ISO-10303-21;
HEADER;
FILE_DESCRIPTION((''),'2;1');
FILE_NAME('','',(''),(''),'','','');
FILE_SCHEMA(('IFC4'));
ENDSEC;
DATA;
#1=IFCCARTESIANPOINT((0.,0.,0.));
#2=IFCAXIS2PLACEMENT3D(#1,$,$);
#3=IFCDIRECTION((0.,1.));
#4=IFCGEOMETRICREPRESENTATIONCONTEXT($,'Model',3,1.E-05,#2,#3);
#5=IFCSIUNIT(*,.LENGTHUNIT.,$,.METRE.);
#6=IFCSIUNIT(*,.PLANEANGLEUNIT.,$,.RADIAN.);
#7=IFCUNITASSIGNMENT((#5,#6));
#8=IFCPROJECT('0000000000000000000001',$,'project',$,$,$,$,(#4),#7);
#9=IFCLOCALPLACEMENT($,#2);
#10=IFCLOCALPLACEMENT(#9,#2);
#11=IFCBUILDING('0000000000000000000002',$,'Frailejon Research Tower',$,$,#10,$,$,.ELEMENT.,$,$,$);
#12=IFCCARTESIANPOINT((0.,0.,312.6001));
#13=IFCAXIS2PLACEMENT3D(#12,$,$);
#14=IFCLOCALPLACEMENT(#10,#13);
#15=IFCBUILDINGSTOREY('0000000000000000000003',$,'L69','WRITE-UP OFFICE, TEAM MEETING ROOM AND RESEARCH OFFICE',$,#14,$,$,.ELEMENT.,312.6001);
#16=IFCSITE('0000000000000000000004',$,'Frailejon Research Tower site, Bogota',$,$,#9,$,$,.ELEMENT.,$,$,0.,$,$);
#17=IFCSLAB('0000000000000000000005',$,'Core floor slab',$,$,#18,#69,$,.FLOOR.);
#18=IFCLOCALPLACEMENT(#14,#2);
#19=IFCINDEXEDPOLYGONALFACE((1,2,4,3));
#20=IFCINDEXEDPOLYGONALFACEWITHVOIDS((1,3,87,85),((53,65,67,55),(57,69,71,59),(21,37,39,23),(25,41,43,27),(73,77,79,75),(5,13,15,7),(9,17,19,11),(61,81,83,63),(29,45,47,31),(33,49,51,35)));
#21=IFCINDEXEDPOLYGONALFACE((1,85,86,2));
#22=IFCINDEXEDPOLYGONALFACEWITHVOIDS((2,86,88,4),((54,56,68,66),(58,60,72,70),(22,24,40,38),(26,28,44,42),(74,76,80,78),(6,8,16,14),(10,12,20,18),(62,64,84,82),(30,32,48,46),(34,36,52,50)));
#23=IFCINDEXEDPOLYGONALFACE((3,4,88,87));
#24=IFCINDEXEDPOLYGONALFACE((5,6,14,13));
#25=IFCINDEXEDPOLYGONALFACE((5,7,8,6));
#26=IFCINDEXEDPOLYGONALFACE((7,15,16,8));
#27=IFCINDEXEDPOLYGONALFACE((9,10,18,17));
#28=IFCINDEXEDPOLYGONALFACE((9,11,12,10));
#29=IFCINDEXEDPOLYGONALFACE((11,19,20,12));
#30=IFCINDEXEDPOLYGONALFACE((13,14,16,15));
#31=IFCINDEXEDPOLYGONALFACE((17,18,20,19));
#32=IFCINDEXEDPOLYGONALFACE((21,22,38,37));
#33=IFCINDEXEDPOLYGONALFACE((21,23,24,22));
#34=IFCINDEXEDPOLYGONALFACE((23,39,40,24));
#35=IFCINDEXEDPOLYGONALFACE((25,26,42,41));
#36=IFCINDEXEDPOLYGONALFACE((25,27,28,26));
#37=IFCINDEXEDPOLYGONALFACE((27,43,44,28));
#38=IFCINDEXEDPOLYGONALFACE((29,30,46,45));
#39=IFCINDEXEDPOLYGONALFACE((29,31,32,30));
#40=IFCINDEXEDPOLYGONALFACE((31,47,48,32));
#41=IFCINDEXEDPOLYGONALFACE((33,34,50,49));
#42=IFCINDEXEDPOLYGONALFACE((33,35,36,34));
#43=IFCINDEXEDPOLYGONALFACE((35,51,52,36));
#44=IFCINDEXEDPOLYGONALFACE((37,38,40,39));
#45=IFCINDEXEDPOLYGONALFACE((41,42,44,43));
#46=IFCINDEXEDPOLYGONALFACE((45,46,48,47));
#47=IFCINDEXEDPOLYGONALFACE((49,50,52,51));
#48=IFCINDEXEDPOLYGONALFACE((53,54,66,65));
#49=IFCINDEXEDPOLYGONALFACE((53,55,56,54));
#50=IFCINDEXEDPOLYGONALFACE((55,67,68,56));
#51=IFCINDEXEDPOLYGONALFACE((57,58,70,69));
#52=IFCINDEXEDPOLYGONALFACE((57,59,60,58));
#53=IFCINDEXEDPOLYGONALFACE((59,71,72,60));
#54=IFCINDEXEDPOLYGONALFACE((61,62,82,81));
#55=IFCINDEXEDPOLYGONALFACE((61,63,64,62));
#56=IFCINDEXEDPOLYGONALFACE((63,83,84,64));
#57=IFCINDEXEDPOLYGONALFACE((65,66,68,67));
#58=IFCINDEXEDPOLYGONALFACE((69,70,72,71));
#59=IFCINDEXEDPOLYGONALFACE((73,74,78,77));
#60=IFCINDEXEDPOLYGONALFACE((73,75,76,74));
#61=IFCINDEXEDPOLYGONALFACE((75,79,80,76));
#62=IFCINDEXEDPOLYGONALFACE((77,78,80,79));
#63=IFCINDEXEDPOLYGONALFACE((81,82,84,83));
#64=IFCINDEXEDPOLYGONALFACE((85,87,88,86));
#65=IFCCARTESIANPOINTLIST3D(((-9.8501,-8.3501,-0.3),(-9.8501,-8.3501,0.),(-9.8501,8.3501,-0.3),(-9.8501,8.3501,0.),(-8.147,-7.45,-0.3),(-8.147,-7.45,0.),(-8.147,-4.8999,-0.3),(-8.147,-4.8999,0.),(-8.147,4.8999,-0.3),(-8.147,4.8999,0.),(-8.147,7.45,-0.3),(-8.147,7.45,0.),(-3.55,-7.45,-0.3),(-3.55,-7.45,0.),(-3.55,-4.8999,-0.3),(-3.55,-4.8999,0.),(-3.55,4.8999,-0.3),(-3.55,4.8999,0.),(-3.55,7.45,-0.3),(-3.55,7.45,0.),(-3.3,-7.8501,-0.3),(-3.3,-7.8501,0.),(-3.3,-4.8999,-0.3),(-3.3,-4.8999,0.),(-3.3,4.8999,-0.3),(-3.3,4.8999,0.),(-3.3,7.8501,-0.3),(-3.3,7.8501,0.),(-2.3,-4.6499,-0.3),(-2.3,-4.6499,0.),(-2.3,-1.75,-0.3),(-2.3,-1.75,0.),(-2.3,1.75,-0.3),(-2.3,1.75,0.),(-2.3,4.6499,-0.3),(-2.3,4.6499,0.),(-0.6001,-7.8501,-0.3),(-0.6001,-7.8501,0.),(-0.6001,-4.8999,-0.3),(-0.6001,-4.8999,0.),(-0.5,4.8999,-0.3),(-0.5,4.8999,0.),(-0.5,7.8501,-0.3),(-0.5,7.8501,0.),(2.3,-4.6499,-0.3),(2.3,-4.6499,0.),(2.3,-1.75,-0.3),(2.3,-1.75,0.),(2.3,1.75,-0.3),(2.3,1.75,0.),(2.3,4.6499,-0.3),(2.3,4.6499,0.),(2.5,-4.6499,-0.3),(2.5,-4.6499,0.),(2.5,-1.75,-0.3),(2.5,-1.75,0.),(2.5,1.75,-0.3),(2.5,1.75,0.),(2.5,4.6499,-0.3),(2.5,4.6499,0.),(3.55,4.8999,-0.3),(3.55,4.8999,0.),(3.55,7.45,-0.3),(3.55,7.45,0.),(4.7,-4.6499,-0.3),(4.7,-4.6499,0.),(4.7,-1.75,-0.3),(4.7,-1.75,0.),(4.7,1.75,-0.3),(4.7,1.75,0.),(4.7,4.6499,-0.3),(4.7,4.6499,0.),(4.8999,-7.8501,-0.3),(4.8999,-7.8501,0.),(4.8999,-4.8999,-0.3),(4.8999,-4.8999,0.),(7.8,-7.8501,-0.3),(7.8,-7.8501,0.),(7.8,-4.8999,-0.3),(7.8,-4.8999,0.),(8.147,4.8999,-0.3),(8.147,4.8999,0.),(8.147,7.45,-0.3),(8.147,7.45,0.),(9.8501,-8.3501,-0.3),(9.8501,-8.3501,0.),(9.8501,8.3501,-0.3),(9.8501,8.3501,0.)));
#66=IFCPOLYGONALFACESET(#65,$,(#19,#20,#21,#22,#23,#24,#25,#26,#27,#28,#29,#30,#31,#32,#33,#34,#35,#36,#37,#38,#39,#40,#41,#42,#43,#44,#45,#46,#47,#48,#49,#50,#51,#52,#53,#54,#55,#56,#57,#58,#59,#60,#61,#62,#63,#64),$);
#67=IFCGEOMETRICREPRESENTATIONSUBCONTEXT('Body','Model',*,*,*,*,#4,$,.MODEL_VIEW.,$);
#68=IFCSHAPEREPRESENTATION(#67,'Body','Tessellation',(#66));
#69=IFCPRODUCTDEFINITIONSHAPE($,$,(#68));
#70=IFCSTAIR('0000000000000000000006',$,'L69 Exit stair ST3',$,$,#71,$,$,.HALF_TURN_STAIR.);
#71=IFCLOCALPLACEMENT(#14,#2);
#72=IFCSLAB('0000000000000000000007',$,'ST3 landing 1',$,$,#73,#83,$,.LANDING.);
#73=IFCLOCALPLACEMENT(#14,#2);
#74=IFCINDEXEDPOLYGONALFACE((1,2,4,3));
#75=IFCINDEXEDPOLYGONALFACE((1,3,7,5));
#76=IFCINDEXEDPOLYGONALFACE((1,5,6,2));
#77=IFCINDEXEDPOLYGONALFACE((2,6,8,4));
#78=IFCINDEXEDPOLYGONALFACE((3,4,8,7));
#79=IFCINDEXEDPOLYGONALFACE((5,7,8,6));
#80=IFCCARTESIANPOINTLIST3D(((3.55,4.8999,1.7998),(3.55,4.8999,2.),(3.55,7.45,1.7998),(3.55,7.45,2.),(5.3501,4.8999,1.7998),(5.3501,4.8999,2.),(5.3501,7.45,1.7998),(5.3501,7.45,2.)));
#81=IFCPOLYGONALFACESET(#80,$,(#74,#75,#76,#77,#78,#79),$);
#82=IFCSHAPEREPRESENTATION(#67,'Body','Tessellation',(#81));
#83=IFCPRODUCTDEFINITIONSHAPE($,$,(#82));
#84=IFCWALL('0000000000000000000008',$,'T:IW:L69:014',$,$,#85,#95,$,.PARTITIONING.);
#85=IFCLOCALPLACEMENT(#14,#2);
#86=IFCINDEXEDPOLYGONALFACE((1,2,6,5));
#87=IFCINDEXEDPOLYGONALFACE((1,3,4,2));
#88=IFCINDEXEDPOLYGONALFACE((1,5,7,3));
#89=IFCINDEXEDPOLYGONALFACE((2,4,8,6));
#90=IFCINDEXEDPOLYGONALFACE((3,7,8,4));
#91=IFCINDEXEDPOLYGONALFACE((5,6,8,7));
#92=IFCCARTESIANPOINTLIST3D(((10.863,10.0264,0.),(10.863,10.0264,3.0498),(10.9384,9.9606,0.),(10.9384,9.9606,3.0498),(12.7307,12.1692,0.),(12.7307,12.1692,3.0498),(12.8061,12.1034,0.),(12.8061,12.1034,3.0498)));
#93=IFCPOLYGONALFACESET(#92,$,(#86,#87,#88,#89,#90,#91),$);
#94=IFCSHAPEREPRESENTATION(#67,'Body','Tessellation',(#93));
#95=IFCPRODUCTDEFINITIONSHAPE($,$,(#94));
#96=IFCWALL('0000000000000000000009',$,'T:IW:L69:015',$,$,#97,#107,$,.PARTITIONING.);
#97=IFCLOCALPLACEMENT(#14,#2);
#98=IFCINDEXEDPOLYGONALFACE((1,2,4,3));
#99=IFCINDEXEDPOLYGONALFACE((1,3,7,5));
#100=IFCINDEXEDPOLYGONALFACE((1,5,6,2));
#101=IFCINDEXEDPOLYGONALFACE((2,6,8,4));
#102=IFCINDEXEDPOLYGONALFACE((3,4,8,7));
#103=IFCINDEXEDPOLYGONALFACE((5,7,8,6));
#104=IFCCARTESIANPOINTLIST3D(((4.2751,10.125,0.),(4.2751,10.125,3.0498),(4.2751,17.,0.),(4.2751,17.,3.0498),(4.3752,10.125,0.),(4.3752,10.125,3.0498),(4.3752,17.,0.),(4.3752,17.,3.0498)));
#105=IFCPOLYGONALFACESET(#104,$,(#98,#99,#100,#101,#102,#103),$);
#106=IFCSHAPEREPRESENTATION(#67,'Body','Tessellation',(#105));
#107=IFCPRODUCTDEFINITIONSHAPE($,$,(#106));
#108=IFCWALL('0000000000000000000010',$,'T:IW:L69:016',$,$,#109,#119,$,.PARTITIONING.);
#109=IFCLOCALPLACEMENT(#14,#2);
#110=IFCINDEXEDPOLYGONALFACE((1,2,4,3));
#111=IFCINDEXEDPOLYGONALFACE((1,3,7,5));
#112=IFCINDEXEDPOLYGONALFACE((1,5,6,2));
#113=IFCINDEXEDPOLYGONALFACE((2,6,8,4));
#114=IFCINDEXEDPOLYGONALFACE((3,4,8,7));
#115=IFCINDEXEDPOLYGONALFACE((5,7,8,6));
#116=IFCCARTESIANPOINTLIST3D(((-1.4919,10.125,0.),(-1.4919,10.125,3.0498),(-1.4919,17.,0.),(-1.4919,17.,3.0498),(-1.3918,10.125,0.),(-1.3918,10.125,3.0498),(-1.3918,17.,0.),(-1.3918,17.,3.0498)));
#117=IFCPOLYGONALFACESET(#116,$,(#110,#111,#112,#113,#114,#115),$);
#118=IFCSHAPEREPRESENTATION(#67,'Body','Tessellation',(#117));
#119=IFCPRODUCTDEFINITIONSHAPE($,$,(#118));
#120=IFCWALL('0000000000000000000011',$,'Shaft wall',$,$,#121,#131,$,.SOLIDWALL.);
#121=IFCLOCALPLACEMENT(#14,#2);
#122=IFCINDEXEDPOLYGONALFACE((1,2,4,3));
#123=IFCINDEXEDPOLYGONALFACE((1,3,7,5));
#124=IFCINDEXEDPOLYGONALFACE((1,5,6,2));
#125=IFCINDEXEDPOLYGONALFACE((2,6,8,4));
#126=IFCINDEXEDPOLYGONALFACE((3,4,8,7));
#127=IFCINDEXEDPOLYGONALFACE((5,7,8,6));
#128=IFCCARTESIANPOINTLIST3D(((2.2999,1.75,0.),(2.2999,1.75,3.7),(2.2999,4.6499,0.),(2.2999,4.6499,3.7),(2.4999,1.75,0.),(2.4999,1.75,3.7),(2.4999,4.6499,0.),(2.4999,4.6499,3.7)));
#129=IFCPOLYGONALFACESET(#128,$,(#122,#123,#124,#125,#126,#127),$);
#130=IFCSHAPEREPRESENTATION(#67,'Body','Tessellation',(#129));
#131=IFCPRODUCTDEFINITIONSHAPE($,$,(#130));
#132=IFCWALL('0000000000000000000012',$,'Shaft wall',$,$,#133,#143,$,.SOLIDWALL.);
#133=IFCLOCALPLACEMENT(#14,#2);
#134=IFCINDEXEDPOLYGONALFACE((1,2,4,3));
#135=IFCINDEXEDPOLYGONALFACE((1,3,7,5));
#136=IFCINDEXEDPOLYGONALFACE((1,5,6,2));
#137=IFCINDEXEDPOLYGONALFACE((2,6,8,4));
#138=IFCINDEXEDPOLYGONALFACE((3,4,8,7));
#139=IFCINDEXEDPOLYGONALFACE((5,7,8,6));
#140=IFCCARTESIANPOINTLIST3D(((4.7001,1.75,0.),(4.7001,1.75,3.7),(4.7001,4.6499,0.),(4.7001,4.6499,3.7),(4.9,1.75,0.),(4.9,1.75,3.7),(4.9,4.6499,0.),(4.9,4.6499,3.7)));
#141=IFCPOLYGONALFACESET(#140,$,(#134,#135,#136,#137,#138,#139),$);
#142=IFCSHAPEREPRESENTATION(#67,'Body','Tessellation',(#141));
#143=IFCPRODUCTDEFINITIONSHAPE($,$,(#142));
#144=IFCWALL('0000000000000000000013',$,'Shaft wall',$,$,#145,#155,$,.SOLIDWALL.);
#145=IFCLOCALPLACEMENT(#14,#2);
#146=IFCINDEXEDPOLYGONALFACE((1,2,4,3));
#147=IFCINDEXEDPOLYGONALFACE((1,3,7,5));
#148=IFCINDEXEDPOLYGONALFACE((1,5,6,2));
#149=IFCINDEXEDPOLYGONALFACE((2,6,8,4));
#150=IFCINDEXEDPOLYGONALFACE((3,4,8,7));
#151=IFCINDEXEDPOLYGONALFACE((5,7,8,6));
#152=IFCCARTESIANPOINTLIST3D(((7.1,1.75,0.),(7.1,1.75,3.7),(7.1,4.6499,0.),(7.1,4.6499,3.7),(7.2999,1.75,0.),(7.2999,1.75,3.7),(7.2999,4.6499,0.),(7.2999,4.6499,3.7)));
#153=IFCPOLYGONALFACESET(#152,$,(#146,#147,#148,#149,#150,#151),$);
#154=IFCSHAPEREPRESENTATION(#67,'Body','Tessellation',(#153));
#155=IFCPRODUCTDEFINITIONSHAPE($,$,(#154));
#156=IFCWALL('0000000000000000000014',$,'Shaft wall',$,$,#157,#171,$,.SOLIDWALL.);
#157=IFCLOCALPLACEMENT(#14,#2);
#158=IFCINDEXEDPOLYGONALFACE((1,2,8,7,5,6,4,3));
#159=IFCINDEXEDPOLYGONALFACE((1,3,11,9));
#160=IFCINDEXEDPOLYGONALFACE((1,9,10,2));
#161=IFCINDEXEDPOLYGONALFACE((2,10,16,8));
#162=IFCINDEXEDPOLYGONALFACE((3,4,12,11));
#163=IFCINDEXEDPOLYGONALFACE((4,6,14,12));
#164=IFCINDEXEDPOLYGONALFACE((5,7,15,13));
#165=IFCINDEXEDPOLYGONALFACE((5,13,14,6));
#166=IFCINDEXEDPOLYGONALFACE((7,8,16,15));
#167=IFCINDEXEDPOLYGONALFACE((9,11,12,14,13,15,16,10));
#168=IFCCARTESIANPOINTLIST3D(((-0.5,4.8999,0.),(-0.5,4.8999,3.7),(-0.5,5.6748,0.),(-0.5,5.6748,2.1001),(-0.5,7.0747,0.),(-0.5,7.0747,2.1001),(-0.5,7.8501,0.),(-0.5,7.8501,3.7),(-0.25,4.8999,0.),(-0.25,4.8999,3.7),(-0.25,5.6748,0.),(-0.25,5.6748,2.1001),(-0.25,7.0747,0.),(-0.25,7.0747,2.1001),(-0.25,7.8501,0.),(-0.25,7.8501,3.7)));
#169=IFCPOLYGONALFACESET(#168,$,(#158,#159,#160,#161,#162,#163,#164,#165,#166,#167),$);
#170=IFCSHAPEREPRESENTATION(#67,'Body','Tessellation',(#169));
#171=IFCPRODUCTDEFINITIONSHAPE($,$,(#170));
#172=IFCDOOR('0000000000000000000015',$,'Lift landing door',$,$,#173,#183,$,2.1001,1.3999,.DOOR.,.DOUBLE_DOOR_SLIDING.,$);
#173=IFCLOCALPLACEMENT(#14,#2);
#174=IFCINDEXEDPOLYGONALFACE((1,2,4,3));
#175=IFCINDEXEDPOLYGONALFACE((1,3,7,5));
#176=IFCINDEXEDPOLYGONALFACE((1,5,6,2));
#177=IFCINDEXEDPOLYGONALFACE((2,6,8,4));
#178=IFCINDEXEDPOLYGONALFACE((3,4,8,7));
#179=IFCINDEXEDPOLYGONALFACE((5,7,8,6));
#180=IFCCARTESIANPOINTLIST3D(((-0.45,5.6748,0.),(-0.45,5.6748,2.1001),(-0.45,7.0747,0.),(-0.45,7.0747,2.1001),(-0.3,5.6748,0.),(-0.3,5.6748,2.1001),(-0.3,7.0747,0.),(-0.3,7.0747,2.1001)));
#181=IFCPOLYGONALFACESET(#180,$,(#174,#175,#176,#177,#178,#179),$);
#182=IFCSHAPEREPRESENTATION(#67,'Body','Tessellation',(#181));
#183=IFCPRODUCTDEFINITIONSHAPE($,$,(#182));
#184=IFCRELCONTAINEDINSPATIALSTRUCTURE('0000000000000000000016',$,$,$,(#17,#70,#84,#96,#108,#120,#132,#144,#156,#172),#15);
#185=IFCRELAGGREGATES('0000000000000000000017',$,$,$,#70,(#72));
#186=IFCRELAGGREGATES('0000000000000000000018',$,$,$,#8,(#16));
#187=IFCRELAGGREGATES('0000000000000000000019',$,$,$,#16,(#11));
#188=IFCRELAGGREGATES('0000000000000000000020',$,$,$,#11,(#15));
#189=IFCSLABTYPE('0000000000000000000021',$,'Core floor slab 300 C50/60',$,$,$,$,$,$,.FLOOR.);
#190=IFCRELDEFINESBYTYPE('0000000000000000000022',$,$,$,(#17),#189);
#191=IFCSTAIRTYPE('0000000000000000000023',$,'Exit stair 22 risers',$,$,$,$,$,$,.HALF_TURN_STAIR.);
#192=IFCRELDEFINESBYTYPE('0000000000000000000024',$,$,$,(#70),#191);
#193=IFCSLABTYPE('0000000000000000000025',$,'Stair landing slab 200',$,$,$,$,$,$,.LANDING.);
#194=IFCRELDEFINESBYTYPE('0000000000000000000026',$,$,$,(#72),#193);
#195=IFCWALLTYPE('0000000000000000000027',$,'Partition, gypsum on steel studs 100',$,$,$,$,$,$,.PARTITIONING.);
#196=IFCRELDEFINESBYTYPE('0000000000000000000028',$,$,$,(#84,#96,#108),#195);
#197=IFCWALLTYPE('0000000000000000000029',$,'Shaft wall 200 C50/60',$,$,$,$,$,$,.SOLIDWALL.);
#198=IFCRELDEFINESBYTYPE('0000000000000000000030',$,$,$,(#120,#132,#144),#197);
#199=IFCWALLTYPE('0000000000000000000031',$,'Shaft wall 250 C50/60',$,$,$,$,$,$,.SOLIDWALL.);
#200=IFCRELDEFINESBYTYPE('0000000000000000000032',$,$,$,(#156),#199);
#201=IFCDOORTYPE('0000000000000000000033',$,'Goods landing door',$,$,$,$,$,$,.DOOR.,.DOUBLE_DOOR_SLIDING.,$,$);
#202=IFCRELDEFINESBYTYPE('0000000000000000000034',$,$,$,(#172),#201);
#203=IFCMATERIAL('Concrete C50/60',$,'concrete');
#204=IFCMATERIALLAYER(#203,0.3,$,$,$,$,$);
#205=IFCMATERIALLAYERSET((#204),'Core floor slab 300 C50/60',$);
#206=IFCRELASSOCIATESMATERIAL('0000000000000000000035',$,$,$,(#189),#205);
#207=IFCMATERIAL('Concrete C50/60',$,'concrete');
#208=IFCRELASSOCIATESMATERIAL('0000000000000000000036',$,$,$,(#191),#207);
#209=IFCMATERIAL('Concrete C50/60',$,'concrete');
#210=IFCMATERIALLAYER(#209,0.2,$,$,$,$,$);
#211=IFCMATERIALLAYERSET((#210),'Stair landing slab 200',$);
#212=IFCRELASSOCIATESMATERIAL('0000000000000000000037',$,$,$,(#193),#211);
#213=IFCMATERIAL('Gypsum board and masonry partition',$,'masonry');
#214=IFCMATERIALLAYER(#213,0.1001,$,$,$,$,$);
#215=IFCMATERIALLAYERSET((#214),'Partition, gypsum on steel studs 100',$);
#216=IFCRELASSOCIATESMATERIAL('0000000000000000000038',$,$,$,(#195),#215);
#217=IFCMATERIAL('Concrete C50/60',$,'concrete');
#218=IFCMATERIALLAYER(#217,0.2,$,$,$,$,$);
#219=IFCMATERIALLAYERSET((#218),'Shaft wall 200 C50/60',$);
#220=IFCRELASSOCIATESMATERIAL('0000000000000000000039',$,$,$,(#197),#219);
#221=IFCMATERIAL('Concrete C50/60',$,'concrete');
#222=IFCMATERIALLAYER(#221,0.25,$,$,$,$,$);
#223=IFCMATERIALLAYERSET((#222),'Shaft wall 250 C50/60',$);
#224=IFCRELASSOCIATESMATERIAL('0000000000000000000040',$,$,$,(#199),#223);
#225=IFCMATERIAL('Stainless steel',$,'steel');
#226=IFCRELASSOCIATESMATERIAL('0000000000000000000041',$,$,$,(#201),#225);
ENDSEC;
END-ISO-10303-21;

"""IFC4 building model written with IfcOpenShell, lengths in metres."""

from ifc_helpers import new_model, si_unit, direction, frame, frame_2d, origin, place, context, subcontext, project, spatial, polyline, rectangle, outline, extrude, material, layer, layer_set, type_object, element, fill, aggregate, save


model = new_model("IFC4")

# Units and contexts
model_context = context("Model", 3, precision=1e-05, world=origin(), true_north=direction((0.0, 1.0)))
body_context = subcontext(model_context, "Body", "Model", "MODEL_VIEW")
ifc_project = project(units=[si_unit("LENGTHUNIT", "METRE"), si_unit("PLANEANGLEUNIT", "RADIAN")], contexts=[model_context])

# Site, building, storey
site_placement = place(None, origin())
site = spatial("IfcSite", under=ifc_project, at=site_placement, Name="Frailejon Research Tower site, Bogota", CompositionType="ELEMENT", RefElevation=0.0)
building_placement = place(site_placement, origin())
building = spatial("IfcBuilding", under=site, at=building_placement, Name="Frailejon Research Tower", CompositionType="ELEMENT")
storey_placement = place(building_placement, frame((0.0, 0.0, 312.6001)))
storey = spatial("IfcBuildingStorey", under=building, at=storey_placement, Name="L69", Description="WRITE-UP OFFICE, TEAM MEETING ROOM AND RESEARCH OFFICE", CompositionType="ELEMENT", Elevation=312.6001)

# Slab
ifc_material_1 = material(Name="Concrete C50/60", Category="concrete")
ifc_layer_1 = layer(ifc_material_1, 0.3)
ifc_layer_set_1 = layer_set([ifc_layer_1], Name="Core floor slab 300 C50/60")
slab_type_1 = type_object("IfcSlabType", Name="Core floor slab 300 C50/60", PredefinedType="FLOOR", material=ifc_layer_set_1)
slab_1_placement = place(storey_placement, frame((0.0, 0.0, -0.3)))
element("IfcSlab", 1, at=slab_1_placement, inside=storey, type_object=slab_type_1, Name="Core floor slab", PredefinedType="FLOOR", context=body_context, shape_type="SweptSolid", body=[
    extrude(outline(polyline([(9.8501, -8.3501), (9.8501, 8.3501), (-9.8501, 8.3501), (-9.8501, -8.3501), (9.8501, -8.3501)]), holes=[polyline([(2.3, 1.75), (2.3, 4.6499), (-2.3, 4.6499), (-2.3, 1.75), (2.3, 1.75)]), polyline([(4.7, 1.75), (4.7, 4.6499), (2.5, 4.6499), (2.5, 1.75), (4.7, 1.75)]), polyline([(2.3, -4.6499), (2.3, -1.75), (-2.3, -1.75), (-2.3, -4.6499), (2.3, -4.6499)]), polyline([(4.7, -4.6499), (4.7, -1.75), (2.5, -1.75), (2.5, -4.6499), (4.7, -4.6499)]), polyline([(-8.147, 4.8999), (-3.55, 4.8999), (-3.55, 7.45), (-8.147, 7.45), (-8.147, 4.8999)]), polyline([(-8.147, -7.45), (-3.55, -7.45), (-3.55, -4.8999), (-8.147, -4.8999), (-8.147, -7.45)]), polyline([(8.147, 7.45), (3.55, 7.45), (3.55, 4.8999), (8.147, 4.8999), (8.147, 7.45)]), polyline([(-0.6001, -7.8501), (-0.6001, -4.8999), (-3.3, -4.8999), (-3.3, -7.8501), (-0.6001, -7.8501)]), polyline([(7.8, -7.8501), (7.8, -4.8999), (4.8999, -4.8999), (4.8999, -7.8501), (7.8, -7.8501)]), polyline([(-0.5, 4.8999), (-0.5, 7.8501), (-3.3, 7.8501), (-3.3, 4.8999), (-0.5, 4.8999)])]), origin(), (0.0, 0.0, 1.0), 0.3),
])

# Stair, slab
ifc_material_2 = material(Name="Concrete C50/60", Category="concrete")
stair_type = type_object("IfcStairType", Name="Exit stair 22 risers", PredefinedType="HALF_TURN_STAIR", material=ifc_material_2)
stair_placement = place(storey_placement, origin())
stair = element("IfcStair", 2, at=stair_placement, inside=storey, type_object=stair_type, Name="L69 Exit stair ST3", PredefinedType="HALF_TURN_STAIR")
ifc_material_3 = material(Name="Concrete C50/60", Category="concrete")
ifc_layer_2 = layer(ifc_material_3, 0.2)
ifc_layer_set_2 = layer_set([ifc_layer_2], Name="Stair landing slab 200")
slab_type_2 = type_object("IfcSlabType", Name="Stair landing slab 200", PredefinedType="LANDING", material=ifc_layer_set_2)
slab_2_placement = place(storey_placement, frame((0.0, 0.0, 1.7998)))
slab_2 = element("IfcSlab", 3, at=slab_2_placement, type_object=slab_type_2, Name="ST3 landing 1", PredefinedType="LANDING", context=body_context, shape_type="SweptSolid", body=[
    extrude(outline(polyline([(5.3501, 7.45), (3.55, 7.45), (3.55, 4.8999), (5.3501, 4.8999), (5.3501, 7.45)])), origin(), (0.0, 0.0, 1.0), 0.2002),
])

# Walls
ifc_material_4 = material(Name="Gypsum board and masonry partition", Category="masonry")
ifc_layer_3 = layer(ifc_material_4, 0.1001)
ifc_layer_set_3 = layer_set([ifc_layer_3], Name="Partition, gypsum on steel studs 100")
wall_type_1 = type_object("IfcWallType", Name="Partition, gypsum on steel studs 100", PredefinedType="PARTITIONING", material=ifc_layer_set_3)
wall_1_placement = place(storey_placement, frame((10.9006, 9.9934, 0.0), z_axis=(0.0, 0.0, 1.0), x_axis=(0.65705, 0.753847, 0.0)))
element("IfcWall", 4, at=wall_1_placement, inside=storey, type_object=wall_type_1, Name="T:IW:L69:014", PredefinedType="PARTITIONING", context=body_context, shape_type="SweptSolid", body=[
    extrude(rectangle(XDim=2.8425, YDim=0.1001, at=frame_2d((1.4214, 0.0))), origin(), (0.0, 0.0, 1.0), 3.0498),
])
for number, where, z_axis, x_axis, name in (
    (5, (4.3252, 10.125, 0.0), (0.0, 0.0, 1.0), (0.0, 1.0, 0.0), "T:IW:L69:015"),
    (6, (-1.4419, 10.125, 0.0), (0.0, 0.0, 1.0), (0.0, 1.0, 0.0), "T:IW:L69:016"),
):
    element("IfcWall", number, at=place(storey_placement, frame(where, z_axis=z_axis, x_axis=x_axis)), inside=storey, type_object=wall_type_1, Name=name, PredefinedType="PARTITIONING", context=body_context, shape_type="SweptSolid", body=[
        extrude(rectangle(XDim=6.875, YDim=0.1001, at=frame_2d((3.4375, 0.0))), origin(), (0.0, 0.0, 1.0), 3.0498),
    ])
ifc_material_5 = material(Name="Concrete C50/60", Category="concrete")
ifc_layer_4 = layer(ifc_material_5, 0.2)
ifc_layer_set_4 = layer_set([ifc_layer_4], Name="Shaft wall 200 C50/60")
wall_type_2 = type_object("IfcWallType", Name="Shaft wall 200 C50/60", PredefinedType="SOLIDWALL", material=ifc_layer_set_4)
for number, where, z_axis, x_axis, name in (
    (7, (2.3999, 1.75, 0.0), (0.0, 0.0, 1.0), (0.0, 1.0, 0.0), "Shaft wall"),
    (8, (4.8, 1.75, 0.0), (0.0, 0.0, 1.0), (0.0, 1.0, 0.0), "Shaft wall"),
    (9, (7.2, 1.75, 0.0), (0.0, 0.0, 1.0), (0.0, 1.0, 0.0), "Shaft wall"),
):
    element("IfcWall", number, at=place(storey_placement, frame(where, z_axis=z_axis, x_axis=x_axis)), inside=storey, type_object=wall_type_2, Name=name, PredefinedType="SOLIDWALL", context=body_context, shape_type="SweptSolid", body=[
        extrude(rectangle(XDim=2.8999, YDim=0.2, at=frame_2d((1.45, 0.0))), origin(), (0.0, 0.0, 1.0), 3.7),
    ])

# Wall, opening, door
ifc_material_6 = material(Name="Concrete C50/60", Category="concrete")
ifc_layer_5 = layer(ifc_material_6, 0.25)
ifc_layer_set_5 = layer_set([ifc_layer_5], Name="Shaft wall 250 C50/60")
wall_type_3 = type_object("IfcWallType", Name="Shaft wall 250 C50/60", PredefinedType="SOLIDWALL", material=ifc_layer_set_5)
wall_2_placement = place(storey_placement, frame((-0.375, 4.8999, 0.0), z_axis=(0.0, 0.0, 1.0), x_axis=(0.0, 1.0, 0.0)))
wall_2 = element("IfcWall", 10, at=wall_2_placement, inside=storey, type_object=wall_type_3, Name="Shaft wall", PredefinedType="SOLIDWALL", context=body_context, shape_type="SweptSolid", body=[
    extrude(rectangle(XDim=2.9502, YDim=0.25, at=frame_2d((1.4751, 0.0))), origin(), (0.0, 0.0, 1.0), 3.7),
])
opening_1_placement = place(wall_2_placement, frame((0.7749, 0.0, 0.0)))
opening_1 = element("IfcOpeningElement", 11, at=opening_1_placement, cuts=wall_2, PredefinedType="OPENING", context=body_context, shape_type="SweptSolid", body=[
    extrude(rectangle(XDim=1.3999, YDim=2.1001, at=frame_2d((0.7, 1.05))), frame((0.0, 0.135, 0.0), z_axis=(0.0, -1.0, 0.0), x_axis=(1.0, 0.0, 0.0)), (0.0, 0.0, 1.0), 0.27),
])
ifc_material_7 = material(Name="Stainless steel", Category="steel")
door_type_1 = type_object("IfcDoorType", Name="Goods landing door", OperationType="DOUBLE_DOOR_SLIDING", PredefinedType="DOOR", material=ifc_material_7)
door_1_placement = place(opening_1_placement, origin())
door_1 = element("IfcDoor", 12, at=door_1_placement, inside=storey, type_object=door_type_1, Name="Lift landing door", OperationType="DOUBLE_DOOR_SLIDING", OverallHeight=2.1001, OverallWidth=1.3999, PredefinedType="DOOR", context=body_context, shape_type="SweptSolid", body=[
    extrude(rectangle(XDim=1.3999, YDim=2.1001, at=frame_2d((0.7, 1.05))), frame((0.0, 0.075, 0.0), z_axis=(0.0, -1.0, 0.0), x_axis=(1.0, 0.0, 0.0)), (0.0, 0.0, 1.0), 0.1499),
])
fill(opening_1, door_1)

aggregate(stair, [slab_2])

save(model, "model.ifc")
